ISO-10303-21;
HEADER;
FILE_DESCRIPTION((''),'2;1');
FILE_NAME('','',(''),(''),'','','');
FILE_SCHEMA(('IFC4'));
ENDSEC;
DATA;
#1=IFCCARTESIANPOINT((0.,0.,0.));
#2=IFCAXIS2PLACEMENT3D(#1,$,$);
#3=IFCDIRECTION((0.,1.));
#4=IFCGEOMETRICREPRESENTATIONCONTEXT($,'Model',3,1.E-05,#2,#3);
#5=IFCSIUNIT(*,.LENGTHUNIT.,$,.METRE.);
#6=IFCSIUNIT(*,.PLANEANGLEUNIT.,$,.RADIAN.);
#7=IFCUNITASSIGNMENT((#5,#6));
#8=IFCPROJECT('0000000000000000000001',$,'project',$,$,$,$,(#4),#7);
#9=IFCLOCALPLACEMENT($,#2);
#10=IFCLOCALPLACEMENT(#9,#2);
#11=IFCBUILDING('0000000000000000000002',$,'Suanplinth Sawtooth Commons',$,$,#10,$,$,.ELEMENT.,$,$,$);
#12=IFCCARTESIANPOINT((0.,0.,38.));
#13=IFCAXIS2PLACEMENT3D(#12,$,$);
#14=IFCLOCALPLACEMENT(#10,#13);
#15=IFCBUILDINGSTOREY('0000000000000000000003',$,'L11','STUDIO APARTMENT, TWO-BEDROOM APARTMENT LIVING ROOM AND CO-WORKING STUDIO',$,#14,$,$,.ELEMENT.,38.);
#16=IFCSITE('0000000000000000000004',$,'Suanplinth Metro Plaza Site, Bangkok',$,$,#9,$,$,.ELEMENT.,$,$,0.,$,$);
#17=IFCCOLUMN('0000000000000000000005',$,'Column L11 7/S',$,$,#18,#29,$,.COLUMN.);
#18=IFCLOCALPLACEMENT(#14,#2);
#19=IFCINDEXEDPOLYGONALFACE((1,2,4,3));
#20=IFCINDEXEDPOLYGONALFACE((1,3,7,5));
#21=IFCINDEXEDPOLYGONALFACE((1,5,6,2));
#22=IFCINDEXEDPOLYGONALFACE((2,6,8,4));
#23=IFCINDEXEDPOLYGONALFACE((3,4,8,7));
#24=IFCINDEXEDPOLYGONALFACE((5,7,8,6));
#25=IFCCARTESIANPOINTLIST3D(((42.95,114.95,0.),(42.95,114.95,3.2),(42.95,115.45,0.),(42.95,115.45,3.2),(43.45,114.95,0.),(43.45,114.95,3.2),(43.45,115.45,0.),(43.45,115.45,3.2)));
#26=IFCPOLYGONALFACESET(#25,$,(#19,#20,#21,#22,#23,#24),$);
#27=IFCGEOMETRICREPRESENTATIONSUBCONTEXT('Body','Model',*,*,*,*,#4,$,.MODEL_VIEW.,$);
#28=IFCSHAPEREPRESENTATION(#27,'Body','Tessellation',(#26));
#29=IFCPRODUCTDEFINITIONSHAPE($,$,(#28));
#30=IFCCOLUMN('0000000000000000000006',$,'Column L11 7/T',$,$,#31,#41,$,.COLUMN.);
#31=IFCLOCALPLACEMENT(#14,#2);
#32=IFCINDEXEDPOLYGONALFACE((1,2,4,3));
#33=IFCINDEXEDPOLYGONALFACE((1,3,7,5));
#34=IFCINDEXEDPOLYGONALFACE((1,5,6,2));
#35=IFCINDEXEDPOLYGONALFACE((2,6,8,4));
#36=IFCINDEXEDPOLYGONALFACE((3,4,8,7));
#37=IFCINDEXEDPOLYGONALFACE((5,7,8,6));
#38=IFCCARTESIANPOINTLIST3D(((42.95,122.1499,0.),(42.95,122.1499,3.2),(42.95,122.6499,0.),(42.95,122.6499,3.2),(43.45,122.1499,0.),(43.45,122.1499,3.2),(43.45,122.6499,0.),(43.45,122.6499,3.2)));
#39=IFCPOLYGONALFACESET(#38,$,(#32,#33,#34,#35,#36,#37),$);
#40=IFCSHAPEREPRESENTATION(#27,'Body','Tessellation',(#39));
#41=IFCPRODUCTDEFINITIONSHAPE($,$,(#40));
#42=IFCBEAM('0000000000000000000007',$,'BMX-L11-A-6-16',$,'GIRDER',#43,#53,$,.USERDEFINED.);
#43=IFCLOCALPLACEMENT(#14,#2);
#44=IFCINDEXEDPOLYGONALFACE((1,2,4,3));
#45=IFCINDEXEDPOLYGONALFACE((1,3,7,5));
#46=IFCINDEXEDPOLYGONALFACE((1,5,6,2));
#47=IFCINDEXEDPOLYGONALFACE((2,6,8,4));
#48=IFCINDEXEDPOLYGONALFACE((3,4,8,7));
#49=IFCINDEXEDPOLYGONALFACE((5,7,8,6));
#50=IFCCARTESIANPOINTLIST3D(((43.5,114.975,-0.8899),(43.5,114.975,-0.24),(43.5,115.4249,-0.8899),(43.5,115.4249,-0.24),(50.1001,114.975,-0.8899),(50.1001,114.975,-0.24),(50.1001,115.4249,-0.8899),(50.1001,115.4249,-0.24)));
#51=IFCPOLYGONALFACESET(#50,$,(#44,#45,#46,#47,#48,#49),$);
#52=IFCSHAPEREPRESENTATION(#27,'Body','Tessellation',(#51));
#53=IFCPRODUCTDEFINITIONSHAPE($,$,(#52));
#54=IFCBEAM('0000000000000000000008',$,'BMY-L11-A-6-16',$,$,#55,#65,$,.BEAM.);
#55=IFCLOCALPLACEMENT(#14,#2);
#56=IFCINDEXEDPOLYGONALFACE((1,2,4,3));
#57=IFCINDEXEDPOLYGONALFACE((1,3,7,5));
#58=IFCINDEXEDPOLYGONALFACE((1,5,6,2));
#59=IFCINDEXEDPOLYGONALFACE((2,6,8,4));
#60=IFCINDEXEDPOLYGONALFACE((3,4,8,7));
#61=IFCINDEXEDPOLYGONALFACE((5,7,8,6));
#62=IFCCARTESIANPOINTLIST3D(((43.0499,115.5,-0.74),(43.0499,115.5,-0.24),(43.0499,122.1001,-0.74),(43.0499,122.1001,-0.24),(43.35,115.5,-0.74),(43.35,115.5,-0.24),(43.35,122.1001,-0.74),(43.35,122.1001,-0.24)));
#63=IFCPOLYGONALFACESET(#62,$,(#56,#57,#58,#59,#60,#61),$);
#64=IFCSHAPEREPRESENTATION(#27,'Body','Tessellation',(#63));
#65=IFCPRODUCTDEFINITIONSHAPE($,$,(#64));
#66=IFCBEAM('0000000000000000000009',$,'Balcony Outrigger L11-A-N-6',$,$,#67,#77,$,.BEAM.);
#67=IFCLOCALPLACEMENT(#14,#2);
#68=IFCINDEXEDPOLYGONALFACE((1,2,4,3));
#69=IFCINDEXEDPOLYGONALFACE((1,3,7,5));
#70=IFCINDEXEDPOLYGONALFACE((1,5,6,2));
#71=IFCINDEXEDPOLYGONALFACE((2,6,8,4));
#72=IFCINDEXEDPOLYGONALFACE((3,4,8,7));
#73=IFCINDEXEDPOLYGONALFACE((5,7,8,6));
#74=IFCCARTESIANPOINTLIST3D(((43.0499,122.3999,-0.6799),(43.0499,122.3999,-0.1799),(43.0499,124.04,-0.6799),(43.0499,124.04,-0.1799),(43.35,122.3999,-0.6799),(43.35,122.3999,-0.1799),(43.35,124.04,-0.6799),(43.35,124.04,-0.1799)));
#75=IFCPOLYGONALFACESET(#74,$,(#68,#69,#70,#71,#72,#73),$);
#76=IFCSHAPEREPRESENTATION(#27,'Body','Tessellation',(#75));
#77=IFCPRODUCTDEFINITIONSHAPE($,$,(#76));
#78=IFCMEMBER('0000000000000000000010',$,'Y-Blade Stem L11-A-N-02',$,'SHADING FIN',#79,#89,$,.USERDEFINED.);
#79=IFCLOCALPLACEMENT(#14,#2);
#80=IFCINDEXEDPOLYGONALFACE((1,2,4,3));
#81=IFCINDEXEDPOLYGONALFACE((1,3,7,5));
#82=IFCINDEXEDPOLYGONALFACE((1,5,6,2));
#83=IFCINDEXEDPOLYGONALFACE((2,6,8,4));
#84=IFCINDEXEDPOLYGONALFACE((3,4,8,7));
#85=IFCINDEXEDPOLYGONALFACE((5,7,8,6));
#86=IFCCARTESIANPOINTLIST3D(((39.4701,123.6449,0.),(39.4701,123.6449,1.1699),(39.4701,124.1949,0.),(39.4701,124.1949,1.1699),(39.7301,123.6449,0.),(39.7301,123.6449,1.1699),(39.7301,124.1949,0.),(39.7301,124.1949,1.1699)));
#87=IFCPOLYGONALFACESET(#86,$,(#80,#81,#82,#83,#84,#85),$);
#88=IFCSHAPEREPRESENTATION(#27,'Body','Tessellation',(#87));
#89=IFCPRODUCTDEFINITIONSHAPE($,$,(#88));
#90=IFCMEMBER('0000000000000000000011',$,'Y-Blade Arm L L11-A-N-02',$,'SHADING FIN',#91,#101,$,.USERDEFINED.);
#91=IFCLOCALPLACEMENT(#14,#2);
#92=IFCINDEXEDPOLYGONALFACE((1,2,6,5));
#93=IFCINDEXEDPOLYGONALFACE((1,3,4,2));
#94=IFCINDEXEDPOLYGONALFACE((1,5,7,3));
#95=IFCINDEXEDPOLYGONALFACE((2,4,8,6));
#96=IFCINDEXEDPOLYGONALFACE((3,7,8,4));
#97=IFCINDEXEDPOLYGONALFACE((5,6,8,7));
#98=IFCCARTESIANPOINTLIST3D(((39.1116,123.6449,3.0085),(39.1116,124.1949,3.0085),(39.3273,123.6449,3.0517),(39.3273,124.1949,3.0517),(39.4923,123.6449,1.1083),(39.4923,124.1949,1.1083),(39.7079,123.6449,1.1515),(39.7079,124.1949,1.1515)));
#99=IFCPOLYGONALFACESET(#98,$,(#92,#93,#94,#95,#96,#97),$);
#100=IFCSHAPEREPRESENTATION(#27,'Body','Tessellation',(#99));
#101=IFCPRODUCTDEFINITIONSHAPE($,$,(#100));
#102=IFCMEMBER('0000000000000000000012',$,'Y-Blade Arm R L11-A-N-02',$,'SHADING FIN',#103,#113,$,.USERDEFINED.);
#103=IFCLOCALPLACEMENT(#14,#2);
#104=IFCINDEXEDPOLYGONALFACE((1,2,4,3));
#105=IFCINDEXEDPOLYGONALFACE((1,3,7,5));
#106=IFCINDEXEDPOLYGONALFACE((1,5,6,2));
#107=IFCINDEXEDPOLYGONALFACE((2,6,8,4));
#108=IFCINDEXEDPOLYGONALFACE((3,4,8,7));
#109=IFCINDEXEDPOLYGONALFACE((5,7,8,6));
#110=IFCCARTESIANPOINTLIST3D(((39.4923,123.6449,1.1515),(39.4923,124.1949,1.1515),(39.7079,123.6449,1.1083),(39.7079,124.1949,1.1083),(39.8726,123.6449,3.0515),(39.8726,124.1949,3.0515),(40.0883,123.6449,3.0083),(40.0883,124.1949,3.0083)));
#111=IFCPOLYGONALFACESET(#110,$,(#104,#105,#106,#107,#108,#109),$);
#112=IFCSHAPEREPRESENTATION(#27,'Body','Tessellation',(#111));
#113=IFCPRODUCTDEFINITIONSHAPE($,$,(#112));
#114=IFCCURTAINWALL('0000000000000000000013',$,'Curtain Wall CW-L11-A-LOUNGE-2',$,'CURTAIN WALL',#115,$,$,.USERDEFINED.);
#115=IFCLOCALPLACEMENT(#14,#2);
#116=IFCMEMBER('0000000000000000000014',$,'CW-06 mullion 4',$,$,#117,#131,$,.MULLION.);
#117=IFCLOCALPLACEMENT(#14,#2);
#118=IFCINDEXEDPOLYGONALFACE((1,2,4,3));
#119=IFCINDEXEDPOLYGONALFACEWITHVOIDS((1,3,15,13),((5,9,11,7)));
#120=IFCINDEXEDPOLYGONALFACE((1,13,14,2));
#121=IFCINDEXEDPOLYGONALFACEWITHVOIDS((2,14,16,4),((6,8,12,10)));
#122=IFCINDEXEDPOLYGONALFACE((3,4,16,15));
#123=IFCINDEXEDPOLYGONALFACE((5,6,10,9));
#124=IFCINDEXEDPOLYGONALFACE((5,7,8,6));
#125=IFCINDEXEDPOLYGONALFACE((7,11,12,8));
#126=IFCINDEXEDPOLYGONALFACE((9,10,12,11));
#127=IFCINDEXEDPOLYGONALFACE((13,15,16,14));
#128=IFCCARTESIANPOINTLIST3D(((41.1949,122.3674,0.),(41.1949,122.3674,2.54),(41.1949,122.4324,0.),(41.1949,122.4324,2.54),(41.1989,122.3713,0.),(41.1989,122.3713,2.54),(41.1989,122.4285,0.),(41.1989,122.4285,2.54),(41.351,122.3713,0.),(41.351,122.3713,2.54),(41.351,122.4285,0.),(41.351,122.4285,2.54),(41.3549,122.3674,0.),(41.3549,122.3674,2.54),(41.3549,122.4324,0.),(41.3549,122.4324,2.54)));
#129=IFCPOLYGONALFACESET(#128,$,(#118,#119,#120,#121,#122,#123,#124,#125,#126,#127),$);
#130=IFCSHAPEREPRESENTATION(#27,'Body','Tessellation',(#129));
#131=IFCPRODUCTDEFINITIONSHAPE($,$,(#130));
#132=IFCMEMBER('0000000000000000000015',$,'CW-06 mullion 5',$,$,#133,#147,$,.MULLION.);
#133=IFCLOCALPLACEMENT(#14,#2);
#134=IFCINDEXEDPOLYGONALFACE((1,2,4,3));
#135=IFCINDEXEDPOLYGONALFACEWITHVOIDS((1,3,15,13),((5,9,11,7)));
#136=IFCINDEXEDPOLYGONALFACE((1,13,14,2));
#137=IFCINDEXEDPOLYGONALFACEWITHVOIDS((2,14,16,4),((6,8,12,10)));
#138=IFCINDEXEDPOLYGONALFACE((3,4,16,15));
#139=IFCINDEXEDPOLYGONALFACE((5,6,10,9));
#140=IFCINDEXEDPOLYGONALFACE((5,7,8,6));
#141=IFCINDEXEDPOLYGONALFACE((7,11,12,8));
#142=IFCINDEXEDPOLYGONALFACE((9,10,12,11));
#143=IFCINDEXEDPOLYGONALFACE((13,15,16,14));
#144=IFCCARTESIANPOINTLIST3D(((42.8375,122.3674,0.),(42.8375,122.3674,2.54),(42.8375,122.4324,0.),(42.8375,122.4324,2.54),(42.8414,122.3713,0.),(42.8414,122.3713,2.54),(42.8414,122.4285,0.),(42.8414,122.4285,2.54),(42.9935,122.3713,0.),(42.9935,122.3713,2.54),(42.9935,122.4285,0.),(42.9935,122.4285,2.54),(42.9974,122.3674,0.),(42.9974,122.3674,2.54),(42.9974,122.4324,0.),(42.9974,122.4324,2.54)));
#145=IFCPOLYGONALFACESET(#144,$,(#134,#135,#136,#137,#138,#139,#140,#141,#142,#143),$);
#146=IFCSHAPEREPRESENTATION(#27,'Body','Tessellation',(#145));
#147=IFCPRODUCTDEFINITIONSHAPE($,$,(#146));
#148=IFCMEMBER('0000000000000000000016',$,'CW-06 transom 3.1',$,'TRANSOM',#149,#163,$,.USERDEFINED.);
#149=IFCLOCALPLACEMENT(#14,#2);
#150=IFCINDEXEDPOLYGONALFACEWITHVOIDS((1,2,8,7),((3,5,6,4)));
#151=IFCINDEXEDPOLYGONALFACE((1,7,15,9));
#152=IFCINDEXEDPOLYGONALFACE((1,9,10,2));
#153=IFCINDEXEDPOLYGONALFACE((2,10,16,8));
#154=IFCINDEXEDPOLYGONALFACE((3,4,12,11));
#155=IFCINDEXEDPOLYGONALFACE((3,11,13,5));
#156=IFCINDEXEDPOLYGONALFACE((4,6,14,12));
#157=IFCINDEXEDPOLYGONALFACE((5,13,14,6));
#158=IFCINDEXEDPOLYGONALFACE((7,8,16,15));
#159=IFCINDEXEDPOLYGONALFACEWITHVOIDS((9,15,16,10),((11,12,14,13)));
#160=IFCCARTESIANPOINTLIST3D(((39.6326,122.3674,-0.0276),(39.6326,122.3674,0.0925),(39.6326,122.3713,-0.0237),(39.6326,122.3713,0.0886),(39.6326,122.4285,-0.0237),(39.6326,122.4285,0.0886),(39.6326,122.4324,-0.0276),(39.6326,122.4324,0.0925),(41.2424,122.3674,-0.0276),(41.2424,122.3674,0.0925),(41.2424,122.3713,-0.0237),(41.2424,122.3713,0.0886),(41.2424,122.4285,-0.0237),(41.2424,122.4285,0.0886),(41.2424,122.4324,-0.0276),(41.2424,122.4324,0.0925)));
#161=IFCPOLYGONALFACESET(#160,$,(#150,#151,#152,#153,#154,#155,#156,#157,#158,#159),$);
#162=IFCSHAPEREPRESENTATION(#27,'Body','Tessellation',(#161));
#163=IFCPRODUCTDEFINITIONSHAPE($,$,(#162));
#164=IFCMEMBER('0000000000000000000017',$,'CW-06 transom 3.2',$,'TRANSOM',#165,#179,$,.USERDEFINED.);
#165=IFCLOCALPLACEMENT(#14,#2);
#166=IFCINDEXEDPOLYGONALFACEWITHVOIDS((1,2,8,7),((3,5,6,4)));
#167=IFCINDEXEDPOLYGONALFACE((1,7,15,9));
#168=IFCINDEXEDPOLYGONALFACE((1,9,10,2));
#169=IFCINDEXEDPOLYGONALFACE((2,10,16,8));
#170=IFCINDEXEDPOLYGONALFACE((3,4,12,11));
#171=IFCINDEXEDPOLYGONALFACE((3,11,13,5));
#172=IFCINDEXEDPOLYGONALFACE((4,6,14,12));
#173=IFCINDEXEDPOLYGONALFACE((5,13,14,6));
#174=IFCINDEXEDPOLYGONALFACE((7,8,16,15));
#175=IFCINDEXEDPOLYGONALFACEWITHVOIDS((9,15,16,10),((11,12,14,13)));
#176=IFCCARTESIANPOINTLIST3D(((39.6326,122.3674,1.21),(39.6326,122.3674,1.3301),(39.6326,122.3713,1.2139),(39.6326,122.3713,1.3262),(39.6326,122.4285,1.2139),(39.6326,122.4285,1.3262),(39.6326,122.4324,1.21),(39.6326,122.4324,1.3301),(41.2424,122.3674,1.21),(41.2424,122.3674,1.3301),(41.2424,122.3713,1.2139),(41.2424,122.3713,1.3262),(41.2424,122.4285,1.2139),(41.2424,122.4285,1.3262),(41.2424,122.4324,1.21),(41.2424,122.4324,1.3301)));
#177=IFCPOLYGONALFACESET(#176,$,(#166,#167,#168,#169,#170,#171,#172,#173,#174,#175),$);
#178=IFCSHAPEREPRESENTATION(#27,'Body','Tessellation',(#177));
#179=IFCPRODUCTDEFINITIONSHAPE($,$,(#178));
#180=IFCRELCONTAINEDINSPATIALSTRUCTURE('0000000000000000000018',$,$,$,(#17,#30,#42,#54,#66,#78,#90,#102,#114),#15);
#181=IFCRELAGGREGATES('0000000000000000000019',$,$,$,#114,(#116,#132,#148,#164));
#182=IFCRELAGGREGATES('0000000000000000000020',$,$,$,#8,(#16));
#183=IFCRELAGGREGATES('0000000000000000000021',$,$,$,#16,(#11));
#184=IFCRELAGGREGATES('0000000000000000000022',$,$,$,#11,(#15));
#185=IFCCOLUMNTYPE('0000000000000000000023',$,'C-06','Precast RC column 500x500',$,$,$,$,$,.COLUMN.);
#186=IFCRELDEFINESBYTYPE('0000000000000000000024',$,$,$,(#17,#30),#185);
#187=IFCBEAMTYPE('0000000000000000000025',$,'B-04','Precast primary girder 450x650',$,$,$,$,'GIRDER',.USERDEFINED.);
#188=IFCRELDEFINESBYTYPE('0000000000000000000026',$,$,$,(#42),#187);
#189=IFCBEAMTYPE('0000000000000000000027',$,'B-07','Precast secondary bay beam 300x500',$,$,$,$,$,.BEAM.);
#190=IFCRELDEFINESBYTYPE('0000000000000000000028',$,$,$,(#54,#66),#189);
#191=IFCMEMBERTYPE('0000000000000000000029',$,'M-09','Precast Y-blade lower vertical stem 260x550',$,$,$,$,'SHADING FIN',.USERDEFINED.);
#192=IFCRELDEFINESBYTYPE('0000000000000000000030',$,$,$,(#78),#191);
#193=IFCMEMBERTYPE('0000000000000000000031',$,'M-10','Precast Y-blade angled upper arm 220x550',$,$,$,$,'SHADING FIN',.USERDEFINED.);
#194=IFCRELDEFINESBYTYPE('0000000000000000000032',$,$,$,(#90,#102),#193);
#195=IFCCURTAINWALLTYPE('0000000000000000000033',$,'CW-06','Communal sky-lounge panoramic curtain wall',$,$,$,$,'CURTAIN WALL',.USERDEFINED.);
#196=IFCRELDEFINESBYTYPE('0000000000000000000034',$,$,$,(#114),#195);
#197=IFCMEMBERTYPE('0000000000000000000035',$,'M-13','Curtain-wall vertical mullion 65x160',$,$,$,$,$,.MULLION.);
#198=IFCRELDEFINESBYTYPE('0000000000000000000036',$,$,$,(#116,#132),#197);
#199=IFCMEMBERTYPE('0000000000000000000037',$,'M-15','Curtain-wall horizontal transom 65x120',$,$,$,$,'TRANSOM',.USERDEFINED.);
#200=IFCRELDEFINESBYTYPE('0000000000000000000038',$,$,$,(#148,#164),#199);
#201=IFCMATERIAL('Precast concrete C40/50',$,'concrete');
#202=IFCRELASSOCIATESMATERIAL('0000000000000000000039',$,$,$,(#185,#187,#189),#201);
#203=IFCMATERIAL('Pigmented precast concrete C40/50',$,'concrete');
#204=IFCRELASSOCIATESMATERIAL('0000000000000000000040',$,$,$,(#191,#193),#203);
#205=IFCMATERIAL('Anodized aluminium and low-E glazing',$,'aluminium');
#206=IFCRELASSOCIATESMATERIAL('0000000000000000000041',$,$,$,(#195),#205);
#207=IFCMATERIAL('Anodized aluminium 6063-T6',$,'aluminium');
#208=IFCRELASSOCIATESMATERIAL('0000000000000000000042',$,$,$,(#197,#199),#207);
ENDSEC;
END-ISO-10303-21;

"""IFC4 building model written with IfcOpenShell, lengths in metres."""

from ifc_helpers import new_model, si_unit, direction, frame, origin, origin_2d, place, context, subcontext, project, spatial, rectangle, hollow_rectangle, extrude, material, material_profile, profile_set, type_object, element, aggregate, save


model = new_model("IFC4")

# Units and contexts
model_context = context("Model", 3, precision=1e-05, world=origin(), true_north=direction((0.0, 1.0)))
body_context = subcontext(model_context, "Body", "Model", "MODEL_VIEW")
ifc_project = project(units=[si_unit("LENGTHUNIT", "METRE"), si_unit("PLANEANGLEUNIT", "RADIAN")], contexts=[model_context])

# Site, building, storey
site_placement = place(None, origin())
site = spatial("IfcSite", under=ifc_project, at=site_placement, Name="Suanplinth Metro Plaza Site, Bangkok", CompositionType="ELEMENT", RefElevation=0.0)
building_placement = place(site_placement, origin())
building = spatial("IfcBuilding", under=site, at=building_placement, Name="Suanplinth Sawtooth Commons", CompositionType="ELEMENT")
storey_placement = place(building_placement, frame((0.0, 0.0, 38.0)))
storey = spatial("IfcBuildingStorey", under=building, at=storey_placement, Name="L11", Description="STUDIO APARTMENT, TWO-BEDROOM APARTMENT LIVING ROOM AND CO-WORKING STUDIO", CompositionType="ELEMENT", Elevation=38.0)

# Columns
ifc_material_1 = material(Name="Precast concrete C40/50", Category="concrete")
ifc_material_profile_1 = material_profile(ifc_material_1, rectangle(XDim=0.5, YDim=0.5, at=origin_2d()), Name="PC-COL 500x500")
ifc_profile_set_1 = profile_set([ifc_material_profile_1], Name="Precast concrete C40/50")
column_type = type_object("IfcColumnType", Name="C-06", Description="Precast RC column 500x500", PredefinedType="COLUMN", material=ifc_profile_set_1)
for number, where, z_axis, x_axis, name in (
    (1, (43.2, 115.2, 0.0), (0.0, 0.0, 1.0), (1.0, 0.0, 0.0), "Column L11 7/S"),
    (2, (43.2, 122.3999, 0.0), (0.0, 0.0, 1.0), (1.0, 0.0, 0.0), "Column L11 7/T"),
):
    element("IfcColumn", number, at=place(storey_placement, frame(where, z_axis=z_axis, x_axis=x_axis)), inside=storey, type_object=column_type, Name=name, PredefinedType="COLUMN", context=body_context, shape_type="SweptSolid", body=[
        extrude(rectangle(XDim=0.5, YDim=0.5, at=origin_2d()), origin(), (0.0, 0.0, 1.0), 3.2),
    ])

# Beams
ifc_material_profile_2 = material_profile(ifc_material_1, rectangle(XDim=0.45, YDim=0.6499, at=origin_2d()), Name="PC-GDR 450x650")
ifc_profile_set_2 = profile_set([ifc_material_profile_2], Name="Precast concrete C40/50")
beam_type_1 = type_object("IfcBeamType", Name="B-04", Description="Precast primary girder 450x650", ElementType="GIRDER", PredefinedType="USERDEFINED", material=ifc_profile_set_2)
beam_1_placement = place(storey_placement, frame((43.5, 115.2, -0.5649), z_axis=(1.0, 0.0, 0.0), x_axis=(0.0, 1.0, 0.0)))
element("IfcBeam", 3, at=beam_1_placement, inside=storey, type_object=beam_type_1, Name="BMX-L11-A-6-16", ObjectType="GIRDER", PredefinedType="USERDEFINED", context=body_context, shape_type="SweptSolid", body=[
    extrude(rectangle(XDim=0.45, YDim=0.6499, at=origin_2d()), origin(), (0.0, 0.0, 1.0), 6.6001),
])
ifc_material_profile_3 = material_profile(ifc_material_1, rectangle(XDim=0.3, YDim=0.5, at=origin_2d()), Name="PC-BM 300x500")
ifc_profile_set_3 = profile_set([ifc_material_profile_3], Name="Precast concrete C40/50")
beam_type_2 = type_object("IfcBeamType", Name="B-07", Description="Precast secondary bay beam 300x500", PredefinedType="BEAM", material=ifc_profile_set_3)
beam_2_placement = place(storey_placement, frame((43.2, 115.5, -0.49), z_axis=(0.0, 1.0, 0.0), x_axis=(-1.0, 0.0, 0.0)))
element("IfcBeam", 4, at=beam_2_placement, inside=storey, type_object=beam_type_2, Name="BMY-L11-A-6-16", PredefinedType="BEAM", context=body_context, shape_type="SweptSolid", body=[
    extrude(rectangle(XDim=0.3, YDim=0.5, at=origin_2d()), origin(), (0.0, 0.0, 1.0), 6.6001),
])
beam_3_placement = place(storey_placement, frame((43.2, 122.3999, -0.4299), z_axis=(0.0, 1.0, 0.0), x_axis=(-1.0, 0.0, 0.0)))
element("IfcBeam", 5, at=beam_3_placement, inside=storey, type_object=beam_type_2, Name="Balcony Outrigger L11-A-N-6", PredefinedType="BEAM", context=body_context, shape_type="SweptSolid", body=[
    extrude(rectangle(XDim=0.3, YDim=0.5, at=origin_2d()), origin(), (0.0, 0.0, 1.0), 1.6401),
])

# Members
ifc_material_2 = material(Name="Pigmented precast concrete C40/50", Category="concrete")
ifc_material_profile_4 = material_profile(ifc_material_2, rectangle(XDim=0.26, YDim=0.55, at=origin_2d()), Name="PC-FIN 260x550")
ifc_profile_set_4 = profile_set([ifc_material_profile_4], Name="Pigmented precast concrete C40/50")
member_type_1 = type_object("IfcMemberType", Name="M-09", Description="Precast Y-blade lower vertical stem 260x550", ElementType="SHADING FIN", PredefinedType="USERDEFINED", material=ifc_profile_set_4)
member_1_placement = place(storey_placement, frame((39.6001, 123.9199, 0.0), z_axis=(0.0, 0.0, 1.0), x_axis=(1.0, 0.0, 0.0)))
element("IfcMember", 6, at=member_1_placement, inside=storey, type_object=member_type_1, Name="Y-Blade Stem L11-A-N-02", ObjectType="SHADING FIN", PredefinedType="USERDEFINED", context=body_context, shape_type="SweptSolid", body=[
    extrude(rectangle(XDim=0.26, YDim=0.55, at=origin_2d()), origin(), (0.0, 0.0, 1.0), 1.1699),
])
ifc_material_profile_5 = material_profile(ifc_material_2, rectangle(XDim=0.22, YDim=0.55, at=origin_2d()), Name="PC-FIN 220x550")
ifc_profile_set_5 = profile_set([ifc_material_profile_5], Name="Pigmented precast concrete C40/50")
member_type_2 = type_object("IfcMemberType", Name="M-10", Description="Precast Y-blade angled upper arm 220x550", ElementType="SHADING FIN", PredefinedType="USERDEFINED", material=ifc_profile_set_5)
member_2_placement = place(storey_placement, frame((39.6001, 123.9199, 1.1299), z_axis=(-0.196407, 0.0, 0.980522), x_axis=(0.980522, 0.0, 0.196407)))
element("IfcMember", 7, at=member_2_placement, inside=storey, type_object=member_type_2, Name="Y-Blade Arm L L11-A-N-02", ObjectType="SHADING FIN", PredefinedType="USERDEFINED", context=body_context, shape_type="SweptSolid", body=[
    extrude(rectangle(XDim=0.22, YDim=0.55, at=origin_2d()), origin(), (0.0, 0.0, 1.0), 1.938),
])
member_3_placement = place(storey_placement, frame((39.6001, 123.9199, 1.1299), z_axis=(0.196286, 0.0, 0.980547), x_axis=(-0.980547, 0.0, 0.196286)))
element("IfcMember", 8, at=member_3_placement, inside=storey, type_object=member_type_2, Name="Y-Blade Arm R L11-A-N-02", ObjectType="SHADING FIN", PredefinedType="USERDEFINED", context=body_context, shape_type="SweptSolid", body=[
    extrude(rectangle(XDim=0.22, YDim=0.55, at=origin_2d()), origin(), (0.0, 0.0, 1.0), 1.9377),
])

# Curtain wall, members
ifc_material_3 = material(Name="Anodized aluminium and low-E glazing", Category="aluminium")
curtain_wall_type = type_object("IfcCurtainWallType", Name="CW-06", Description="Communal sky-lounge panoramic curtain wall", ElementType="CURTAIN WALL", PredefinedType="USERDEFINED", material=ifc_material_3)
curtain_wall_placement = place(storey_placement, origin())
curtain_wall = element("IfcCurtainWall", 9, at=curtain_wall_placement, inside=storey, type_object=curtain_wall_type, Name="Curtain Wall CW-L11-A-LOUNGE-2", ObjectType="CURTAIN WALL", PredefinedType="USERDEFINED")
ifc_material_4 = material(Name="Anodized aluminium 6063-T6", Category="aluminium")
ifc_material_profile_6 = material_profile(ifc_material_4, hollow_rectangle(XDim=0.0649, YDim=0.1599, WallThickness=0.0039, at=origin_2d()), Name="ALU-MUL 65x160")
ifc_profile_set_6 = profile_set([ifc_material_profile_6], Name="Anodized aluminium 6063-T6")
member_type_3 = type_object("IfcMemberType", Name="M-13", Description="Curtain-wall vertical mullion 65x160", PredefinedType="MULLION", material=ifc_profile_set_6)
member_4_placement = place(storey_placement, frame((41.2749, 122.3999, 0.0), z_axis=(0.0, 0.0, 1.0), x_axis=(0.0, 1.0, 0.0)))
member_4 = element("IfcMember", 10, at=member_4_placement, type_object=member_type_3, Name="CW-06 mullion 4", PredefinedType="MULLION", context=body_context, shape_type="SweptSolid", body=[
    extrude(hollow_rectangle(XDim=0.0649, YDim=0.1599, WallThickness=0.0039, at=origin_2d()), origin(), (0.0, 0.0, 1.0), 2.54),
])
member_5_placement = place(storey_placement, frame((42.9175, 122.3999, 0.0), z_axis=(0.0, 0.0, 1.0), x_axis=(0.0, 1.0, 0.0)))
member_5 = element("IfcMember", 11, at=member_5_placement, type_object=member_type_3, Name="CW-06 mullion 5", PredefinedType="MULLION", context=body_context, shape_type="SweptSolid", body=[
    extrude(hollow_rectangle(XDim=0.0649, YDim=0.1599, WallThickness=0.0039, at=origin_2d()), origin(), (0.0, 0.0, 1.0), 2.54),
])
ifc_material_profile_7 = material_profile(ifc_material_4, hollow_rectangle(XDim=0.0649, YDim=0.1201, WallThickness=0.0039, at=origin_2d()), Name="ALU-TRN 65x120")
ifc_profile_set_7 = profile_set([ifc_material_profile_7], Name="Anodized aluminium 6063-T6")
member_type_4 = type_object("IfcMemberType", Name="M-15", Description="Curtain-wall horizontal transom 65x120", ElementType="TRANSOM", PredefinedType="USERDEFINED", material=ifc_profile_set_7)
member_6_placement = place(storey_placement, frame((39.6326, 122.3999, 0.0325), z_axis=(1.0, 0.0, 0.0), x_axis=(0.0, 1.0, 0.0)))
member_6 = element("IfcMember", 12, at=member_6_placement, type_object=member_type_4, Name="CW-06 transom 3.1", ObjectType="TRANSOM", PredefinedType="USERDEFINED", context=body_context, shape_type="SweptSolid", body=[
    extrude(hollow_rectangle(XDim=0.0649, YDim=0.1201, WallThickness=0.0039, at=origin_2d()), origin(), (0.0, 0.0, 1.0), 1.6099),
])
member_7_placement = place(storey_placement, frame((39.6326, 122.3999, 1.27), z_axis=(1.0, 0.0, 0.0), x_axis=(0.0, 1.0, 0.0)))
member_7 = element("IfcMember", 13, at=member_7_placement, type_object=member_type_4, Name="CW-06 transom 3.2", ObjectType="TRANSOM", PredefinedType="USERDEFINED", context=body_context, shape_type="SweptSolid", body=[
    extrude(hollow_rectangle(XDim=0.0649, YDim=0.1201, WallThickness=0.0039, at=origin_2d()), origin(), (0.0, 0.0, 1.0), 1.6099),
])

aggregate(curtain_wall, [member_4, member_5, member_6, member_7])

save(model, "model.ifc")
